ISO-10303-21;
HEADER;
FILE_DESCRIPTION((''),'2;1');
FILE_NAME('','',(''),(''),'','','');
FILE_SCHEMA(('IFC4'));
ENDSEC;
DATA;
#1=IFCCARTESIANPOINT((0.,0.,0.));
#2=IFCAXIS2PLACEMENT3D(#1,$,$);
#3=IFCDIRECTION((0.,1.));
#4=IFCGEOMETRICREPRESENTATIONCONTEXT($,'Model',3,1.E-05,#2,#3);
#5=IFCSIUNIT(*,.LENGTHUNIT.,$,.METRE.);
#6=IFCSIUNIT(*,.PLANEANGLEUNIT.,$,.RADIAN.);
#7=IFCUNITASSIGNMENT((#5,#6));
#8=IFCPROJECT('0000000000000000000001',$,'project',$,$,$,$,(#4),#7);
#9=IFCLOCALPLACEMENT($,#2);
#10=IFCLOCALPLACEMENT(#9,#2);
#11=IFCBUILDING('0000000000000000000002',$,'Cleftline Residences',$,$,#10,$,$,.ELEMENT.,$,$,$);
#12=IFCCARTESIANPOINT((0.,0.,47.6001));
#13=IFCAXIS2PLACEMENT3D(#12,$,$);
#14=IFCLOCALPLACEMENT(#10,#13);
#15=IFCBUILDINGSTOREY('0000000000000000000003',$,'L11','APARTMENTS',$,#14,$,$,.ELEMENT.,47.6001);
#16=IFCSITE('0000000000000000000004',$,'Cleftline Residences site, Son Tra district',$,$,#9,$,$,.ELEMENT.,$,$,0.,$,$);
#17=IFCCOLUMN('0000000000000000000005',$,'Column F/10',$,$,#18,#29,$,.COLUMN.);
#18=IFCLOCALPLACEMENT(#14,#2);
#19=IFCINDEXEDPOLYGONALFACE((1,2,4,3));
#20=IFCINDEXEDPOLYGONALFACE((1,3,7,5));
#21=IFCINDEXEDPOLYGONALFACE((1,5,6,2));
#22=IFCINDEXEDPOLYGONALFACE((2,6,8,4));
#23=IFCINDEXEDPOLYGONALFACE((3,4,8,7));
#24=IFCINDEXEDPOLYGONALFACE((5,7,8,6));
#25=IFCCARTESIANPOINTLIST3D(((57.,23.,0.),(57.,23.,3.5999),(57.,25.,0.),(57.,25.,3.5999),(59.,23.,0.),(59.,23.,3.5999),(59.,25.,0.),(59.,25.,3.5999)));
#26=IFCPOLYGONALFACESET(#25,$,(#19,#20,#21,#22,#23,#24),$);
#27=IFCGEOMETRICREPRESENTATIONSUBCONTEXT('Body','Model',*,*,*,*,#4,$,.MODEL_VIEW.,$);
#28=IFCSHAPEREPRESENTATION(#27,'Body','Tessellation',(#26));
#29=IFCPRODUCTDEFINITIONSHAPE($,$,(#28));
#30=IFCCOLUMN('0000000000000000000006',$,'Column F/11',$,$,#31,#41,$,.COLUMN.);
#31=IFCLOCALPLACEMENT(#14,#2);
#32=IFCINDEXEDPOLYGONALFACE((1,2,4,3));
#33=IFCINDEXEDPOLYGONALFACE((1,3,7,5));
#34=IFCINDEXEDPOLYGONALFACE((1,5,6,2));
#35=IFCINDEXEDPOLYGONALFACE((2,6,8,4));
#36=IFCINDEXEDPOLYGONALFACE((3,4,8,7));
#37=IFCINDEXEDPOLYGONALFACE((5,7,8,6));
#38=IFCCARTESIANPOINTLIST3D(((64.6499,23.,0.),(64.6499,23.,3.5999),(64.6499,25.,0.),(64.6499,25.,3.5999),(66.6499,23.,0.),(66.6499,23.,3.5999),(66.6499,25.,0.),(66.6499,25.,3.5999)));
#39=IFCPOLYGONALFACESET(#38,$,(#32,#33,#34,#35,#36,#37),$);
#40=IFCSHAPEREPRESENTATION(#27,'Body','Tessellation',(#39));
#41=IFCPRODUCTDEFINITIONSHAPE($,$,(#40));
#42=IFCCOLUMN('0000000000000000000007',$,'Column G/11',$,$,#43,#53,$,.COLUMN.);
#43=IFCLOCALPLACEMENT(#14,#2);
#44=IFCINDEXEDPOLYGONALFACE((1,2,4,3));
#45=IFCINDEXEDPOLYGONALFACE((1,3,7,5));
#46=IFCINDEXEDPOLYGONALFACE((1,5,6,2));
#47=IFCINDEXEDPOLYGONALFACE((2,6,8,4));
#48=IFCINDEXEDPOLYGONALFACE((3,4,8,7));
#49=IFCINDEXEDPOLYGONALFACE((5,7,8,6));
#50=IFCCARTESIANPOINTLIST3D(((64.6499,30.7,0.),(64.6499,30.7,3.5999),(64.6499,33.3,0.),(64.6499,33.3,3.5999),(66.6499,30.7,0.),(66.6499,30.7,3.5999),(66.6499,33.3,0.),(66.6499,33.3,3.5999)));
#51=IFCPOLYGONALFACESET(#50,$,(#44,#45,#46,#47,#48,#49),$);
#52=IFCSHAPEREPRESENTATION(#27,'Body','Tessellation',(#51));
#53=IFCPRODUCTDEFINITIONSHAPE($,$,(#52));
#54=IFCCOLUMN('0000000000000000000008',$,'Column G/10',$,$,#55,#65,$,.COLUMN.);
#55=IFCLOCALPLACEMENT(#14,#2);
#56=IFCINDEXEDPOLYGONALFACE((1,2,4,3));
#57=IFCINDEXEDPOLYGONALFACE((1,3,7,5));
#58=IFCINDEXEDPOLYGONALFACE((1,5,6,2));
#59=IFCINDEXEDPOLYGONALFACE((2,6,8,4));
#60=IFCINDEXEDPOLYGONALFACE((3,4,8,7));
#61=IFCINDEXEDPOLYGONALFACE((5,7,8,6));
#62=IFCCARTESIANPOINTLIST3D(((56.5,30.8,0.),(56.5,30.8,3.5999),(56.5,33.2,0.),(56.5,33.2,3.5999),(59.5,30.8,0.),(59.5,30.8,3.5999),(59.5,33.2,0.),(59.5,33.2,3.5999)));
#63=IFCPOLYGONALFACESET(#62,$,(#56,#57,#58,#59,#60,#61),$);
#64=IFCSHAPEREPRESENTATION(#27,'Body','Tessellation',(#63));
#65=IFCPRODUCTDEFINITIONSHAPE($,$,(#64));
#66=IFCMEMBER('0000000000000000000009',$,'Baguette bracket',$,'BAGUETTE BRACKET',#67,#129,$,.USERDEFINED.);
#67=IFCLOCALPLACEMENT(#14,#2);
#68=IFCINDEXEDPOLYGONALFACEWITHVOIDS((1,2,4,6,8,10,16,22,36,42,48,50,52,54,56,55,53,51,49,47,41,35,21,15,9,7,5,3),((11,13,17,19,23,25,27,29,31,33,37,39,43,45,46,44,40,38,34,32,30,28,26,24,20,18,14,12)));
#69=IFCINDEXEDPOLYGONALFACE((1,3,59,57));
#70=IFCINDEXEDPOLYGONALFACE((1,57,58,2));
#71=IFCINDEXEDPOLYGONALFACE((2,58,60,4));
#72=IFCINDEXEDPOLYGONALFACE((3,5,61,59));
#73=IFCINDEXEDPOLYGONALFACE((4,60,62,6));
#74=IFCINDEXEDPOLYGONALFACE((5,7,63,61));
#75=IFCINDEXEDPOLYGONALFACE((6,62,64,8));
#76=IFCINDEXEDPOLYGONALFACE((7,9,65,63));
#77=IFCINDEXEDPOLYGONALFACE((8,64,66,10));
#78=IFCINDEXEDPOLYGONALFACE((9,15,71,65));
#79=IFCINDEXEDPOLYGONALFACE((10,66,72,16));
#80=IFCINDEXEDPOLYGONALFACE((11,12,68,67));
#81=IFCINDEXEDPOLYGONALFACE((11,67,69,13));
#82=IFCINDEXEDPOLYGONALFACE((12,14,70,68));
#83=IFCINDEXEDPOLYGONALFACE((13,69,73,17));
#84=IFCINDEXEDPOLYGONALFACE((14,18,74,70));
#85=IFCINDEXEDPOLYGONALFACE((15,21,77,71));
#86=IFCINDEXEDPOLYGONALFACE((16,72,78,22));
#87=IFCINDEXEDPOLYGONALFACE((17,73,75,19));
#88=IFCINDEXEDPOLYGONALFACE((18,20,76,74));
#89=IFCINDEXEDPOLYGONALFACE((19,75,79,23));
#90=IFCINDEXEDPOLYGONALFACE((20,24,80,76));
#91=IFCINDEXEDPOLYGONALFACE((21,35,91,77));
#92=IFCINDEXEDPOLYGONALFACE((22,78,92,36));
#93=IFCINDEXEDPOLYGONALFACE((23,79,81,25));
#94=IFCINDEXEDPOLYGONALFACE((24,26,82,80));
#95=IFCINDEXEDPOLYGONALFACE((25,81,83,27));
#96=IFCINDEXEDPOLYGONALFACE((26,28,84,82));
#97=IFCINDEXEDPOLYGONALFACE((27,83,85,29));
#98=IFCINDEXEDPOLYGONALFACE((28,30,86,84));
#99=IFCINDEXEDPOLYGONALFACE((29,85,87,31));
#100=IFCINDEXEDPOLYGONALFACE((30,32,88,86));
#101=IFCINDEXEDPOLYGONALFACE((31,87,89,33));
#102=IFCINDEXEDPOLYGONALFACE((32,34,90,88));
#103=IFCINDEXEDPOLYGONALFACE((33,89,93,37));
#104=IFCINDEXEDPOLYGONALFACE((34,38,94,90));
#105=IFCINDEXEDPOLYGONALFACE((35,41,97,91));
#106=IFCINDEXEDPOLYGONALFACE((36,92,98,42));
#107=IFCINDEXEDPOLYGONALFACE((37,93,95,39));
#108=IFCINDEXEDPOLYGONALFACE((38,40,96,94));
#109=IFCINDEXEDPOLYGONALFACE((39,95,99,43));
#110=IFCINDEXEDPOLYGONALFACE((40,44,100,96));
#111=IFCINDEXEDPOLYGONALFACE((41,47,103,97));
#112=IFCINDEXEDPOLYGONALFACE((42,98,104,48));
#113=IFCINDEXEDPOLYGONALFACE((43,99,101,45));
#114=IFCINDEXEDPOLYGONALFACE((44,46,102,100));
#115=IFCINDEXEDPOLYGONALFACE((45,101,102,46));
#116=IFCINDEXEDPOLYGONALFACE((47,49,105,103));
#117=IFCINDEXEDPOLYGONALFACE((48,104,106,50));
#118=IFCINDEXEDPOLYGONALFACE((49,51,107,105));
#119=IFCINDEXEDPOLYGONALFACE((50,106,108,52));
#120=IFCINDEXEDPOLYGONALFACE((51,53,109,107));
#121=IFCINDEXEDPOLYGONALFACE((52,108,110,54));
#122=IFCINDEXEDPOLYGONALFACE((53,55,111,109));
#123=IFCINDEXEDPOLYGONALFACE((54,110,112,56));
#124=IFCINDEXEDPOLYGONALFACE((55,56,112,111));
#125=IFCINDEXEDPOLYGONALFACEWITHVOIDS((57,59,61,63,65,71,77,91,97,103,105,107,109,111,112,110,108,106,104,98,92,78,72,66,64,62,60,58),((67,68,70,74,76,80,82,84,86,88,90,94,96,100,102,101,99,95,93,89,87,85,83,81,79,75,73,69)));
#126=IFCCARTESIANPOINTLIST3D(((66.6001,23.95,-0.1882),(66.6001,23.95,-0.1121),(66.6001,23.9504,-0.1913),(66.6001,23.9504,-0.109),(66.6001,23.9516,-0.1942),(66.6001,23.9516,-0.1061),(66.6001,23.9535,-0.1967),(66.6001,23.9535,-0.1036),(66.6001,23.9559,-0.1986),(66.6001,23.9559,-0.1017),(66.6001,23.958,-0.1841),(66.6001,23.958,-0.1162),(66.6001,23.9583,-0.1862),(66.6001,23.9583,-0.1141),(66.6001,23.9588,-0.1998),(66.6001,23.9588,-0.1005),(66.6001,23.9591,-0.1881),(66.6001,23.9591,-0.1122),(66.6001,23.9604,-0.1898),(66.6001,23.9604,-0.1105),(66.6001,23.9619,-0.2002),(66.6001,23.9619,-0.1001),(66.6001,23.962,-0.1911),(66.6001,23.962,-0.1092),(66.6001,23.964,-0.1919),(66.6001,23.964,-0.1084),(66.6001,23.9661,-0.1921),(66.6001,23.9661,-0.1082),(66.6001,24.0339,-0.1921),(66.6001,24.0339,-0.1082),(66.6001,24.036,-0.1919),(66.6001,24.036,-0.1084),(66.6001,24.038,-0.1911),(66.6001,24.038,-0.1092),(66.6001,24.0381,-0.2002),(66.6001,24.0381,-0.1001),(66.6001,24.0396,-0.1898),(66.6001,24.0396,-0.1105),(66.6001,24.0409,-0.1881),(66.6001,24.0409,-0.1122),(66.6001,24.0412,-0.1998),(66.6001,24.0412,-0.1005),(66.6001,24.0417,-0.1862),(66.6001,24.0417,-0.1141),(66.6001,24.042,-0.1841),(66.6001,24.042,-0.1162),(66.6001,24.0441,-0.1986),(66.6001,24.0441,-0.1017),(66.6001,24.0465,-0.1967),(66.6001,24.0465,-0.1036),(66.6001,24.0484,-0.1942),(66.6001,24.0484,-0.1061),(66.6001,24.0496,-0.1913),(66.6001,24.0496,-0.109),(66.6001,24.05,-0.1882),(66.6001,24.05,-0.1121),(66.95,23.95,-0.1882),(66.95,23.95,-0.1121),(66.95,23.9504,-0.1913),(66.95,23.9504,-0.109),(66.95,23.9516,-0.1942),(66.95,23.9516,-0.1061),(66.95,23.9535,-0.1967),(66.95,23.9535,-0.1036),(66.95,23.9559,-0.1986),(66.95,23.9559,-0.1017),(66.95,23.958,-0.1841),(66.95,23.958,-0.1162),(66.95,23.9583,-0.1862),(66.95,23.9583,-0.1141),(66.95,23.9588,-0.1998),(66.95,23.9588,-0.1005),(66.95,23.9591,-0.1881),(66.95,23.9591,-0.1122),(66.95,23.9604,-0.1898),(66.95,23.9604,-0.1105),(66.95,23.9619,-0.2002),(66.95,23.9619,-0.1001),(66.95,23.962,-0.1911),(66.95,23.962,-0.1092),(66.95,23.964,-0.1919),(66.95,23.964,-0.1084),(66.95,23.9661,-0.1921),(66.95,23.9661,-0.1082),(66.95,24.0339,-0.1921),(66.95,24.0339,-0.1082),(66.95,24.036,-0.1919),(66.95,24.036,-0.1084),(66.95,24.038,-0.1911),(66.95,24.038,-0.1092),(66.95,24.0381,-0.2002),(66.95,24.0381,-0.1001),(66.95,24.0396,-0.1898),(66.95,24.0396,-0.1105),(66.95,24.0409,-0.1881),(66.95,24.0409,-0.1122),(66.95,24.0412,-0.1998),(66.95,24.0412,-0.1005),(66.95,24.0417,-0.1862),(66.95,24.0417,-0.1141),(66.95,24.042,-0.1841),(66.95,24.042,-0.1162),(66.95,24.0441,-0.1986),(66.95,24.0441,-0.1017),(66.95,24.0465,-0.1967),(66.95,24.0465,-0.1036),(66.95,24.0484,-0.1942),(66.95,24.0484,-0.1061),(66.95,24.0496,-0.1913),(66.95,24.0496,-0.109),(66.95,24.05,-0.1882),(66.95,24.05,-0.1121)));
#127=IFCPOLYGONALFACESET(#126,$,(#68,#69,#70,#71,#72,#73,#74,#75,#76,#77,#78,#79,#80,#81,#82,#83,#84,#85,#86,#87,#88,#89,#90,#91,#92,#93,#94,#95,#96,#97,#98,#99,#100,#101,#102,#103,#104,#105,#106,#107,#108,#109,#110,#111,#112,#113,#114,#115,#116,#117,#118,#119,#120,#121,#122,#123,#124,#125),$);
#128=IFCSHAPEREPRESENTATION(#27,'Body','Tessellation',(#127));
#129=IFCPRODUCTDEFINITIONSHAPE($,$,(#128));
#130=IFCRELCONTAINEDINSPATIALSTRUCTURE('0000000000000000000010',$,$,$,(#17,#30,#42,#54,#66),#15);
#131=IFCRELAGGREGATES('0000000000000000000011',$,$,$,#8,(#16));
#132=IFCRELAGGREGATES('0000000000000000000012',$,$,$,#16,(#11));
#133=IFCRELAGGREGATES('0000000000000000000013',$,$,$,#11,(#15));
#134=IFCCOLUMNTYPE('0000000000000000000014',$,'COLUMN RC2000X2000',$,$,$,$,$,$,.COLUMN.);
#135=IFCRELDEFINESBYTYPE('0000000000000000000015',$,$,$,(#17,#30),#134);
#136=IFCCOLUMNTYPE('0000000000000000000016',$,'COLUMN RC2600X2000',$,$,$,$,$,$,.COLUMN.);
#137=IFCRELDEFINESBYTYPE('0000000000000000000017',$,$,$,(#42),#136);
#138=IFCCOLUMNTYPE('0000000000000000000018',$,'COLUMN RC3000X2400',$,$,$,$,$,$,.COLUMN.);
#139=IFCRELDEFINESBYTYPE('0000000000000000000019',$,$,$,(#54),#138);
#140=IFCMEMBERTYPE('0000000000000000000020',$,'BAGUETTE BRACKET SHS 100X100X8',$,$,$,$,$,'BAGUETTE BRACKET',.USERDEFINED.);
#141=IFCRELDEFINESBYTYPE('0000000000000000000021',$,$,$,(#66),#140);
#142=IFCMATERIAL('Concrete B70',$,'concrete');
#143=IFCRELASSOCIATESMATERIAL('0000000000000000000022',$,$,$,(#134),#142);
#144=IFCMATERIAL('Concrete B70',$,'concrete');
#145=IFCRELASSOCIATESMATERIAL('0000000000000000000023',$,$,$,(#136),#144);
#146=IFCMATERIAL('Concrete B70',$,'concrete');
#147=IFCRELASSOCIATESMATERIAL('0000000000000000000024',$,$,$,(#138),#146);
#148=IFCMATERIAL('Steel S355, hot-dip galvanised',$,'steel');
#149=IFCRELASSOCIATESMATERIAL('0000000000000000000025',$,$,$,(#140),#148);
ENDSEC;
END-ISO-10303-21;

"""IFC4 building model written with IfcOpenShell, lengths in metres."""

from ifc_helpers import new_model, si_unit, direction, frame, origin, origin_2d, place, context, subcontext, project, spatial, rectangle, hollow_rectangle, extrude, material, material_profile, profile_set, type_object, element, save


model = new_model("IFC4")

# Units and contexts
model_context = context("Model", 3, precision=1e-05, world=origin(), true_north=direction((0.0, 1.0)))
body_context = subcontext(model_context, "Body", "Model", "MODEL_VIEW")
ifc_project = project(units=[si_unit("LENGTHUNIT", "METRE"), si_unit("PLANEANGLEUNIT", "RADIAN")], contexts=[model_context])

# Site, building, storey
site_placement = place(None, origin())
site = spatial("IfcSite", under=ifc_project, at=site_placement, Name="Cleftline Residences site, Son Tra district", CompositionType="ELEMENT", RefElevation=0.0)
building_placement = place(site_placement, origin())
building = spatial("IfcBuilding", under=site, at=building_placement, Name="Cleftline Residences", CompositionType="ELEMENT")
storey_placement = place(building_placement, frame((0.0, 0.0, 47.6001)))
storey = spatial("IfcBuildingStorey", under=building, at=storey_placement, Name="L11", Description="APARTMENTS", CompositionType="ELEMENT", Elevation=47.6001)

# Columns
ifc_material_1 = material(Name="Concrete B70", Category="concrete")
ifc_material_profile_1 = material_profile(ifc_material_1, rectangle(XDim=2.0, YDim=2.0, at=origin_2d()))
ifc_profile_set_1 = profile_set([ifc_material_profile_1], Name="Concrete B70")
column_type_1 = type_object("IfcColumnType", Name="COLUMN RC2000X2000", PredefinedType="COLUMN", material=ifc_profile_set_1)
for number, where, z_axis, x_axis, name in (
    (1, (58.0, 24.0, 0.0), (0.0, 0.0, 1.0), (1.0, 0.0, 0.0), "Column F/10"),
    (2, (65.6499, 24.0, 0.0), (0.0, 0.0, 1.0), (1.0, 0.0, 0.0), "Column F/11"),
):
    element("IfcColumn", number, at=place(storey_placement, frame(where, z_axis=z_axis, x_axis=x_axis)), inside=storey, type_object=column_type_1, Name=name, PredefinedType="COLUMN", context=body_context, shape_type="SweptSolid", body=[
        extrude(rectangle(XDim=2.0, YDim=2.0, at=origin_2d()), origin(), (0.0, 0.0, 1.0), 3.5999),
    ])
ifc_material_2 = material(Name="Concrete B70", Category="concrete")
ifc_material_profile_2 = material_profile(ifc_material_2, rectangle(XDim=2.6001, YDim=2.0, at=origin_2d()))
ifc_profile_set_2 = profile_set([ifc_material_profile_2], Name="Concrete B70")
column_type_2 = type_object("IfcColumnType", Name="COLUMN RC2600X2000", PredefinedType="COLUMN", material=ifc_profile_set_2)
column_1_placement = place(storey_placement, frame((65.6499, 32.0, 0.0), z_axis=(0.0, 0.0, 1.0), x_axis=(0.0, 1.0, 0.0)))
element("IfcColumn", 3, at=column_1_placement, inside=storey, type_object=column_type_2, Name="Column G/11", PredefinedType="COLUMN", context=body_context, shape_type="SweptSolid", body=[
    extrude(rectangle(XDim=2.6001, YDim=2.0, at=origin_2d()), origin(), (0.0, 0.0, 1.0), 3.5999),
])
ifc_material_3 = material(Name="Concrete B70", Category="concrete")
ifc_material_profile_3 = material_profile(ifc_material_3, rectangle(XDim=3.0, YDim=2.3999, at=origin_2d()))
ifc_profile_set_3 = profile_set([ifc_material_profile_3], Name="Concrete B70")
column_type_3 = type_object("IfcColumnType", Name="COLUMN RC3000X2400", PredefinedType="COLUMN", material=ifc_profile_set_3)
column_2_placement = place(storey_placement, frame((58.0, 32.0, 0.0), z_axis=(0.0, 0.0, 1.0), x_axis=(1.0, 0.0, 0.0)))
element("IfcColumn", 4, at=column_2_placement, inside=storey, type_object=column_type_3, Name="Column G/10", PredefinedType="COLUMN", context=body_context, shape_type="SweptSolid", body=[
    extrude(rectangle(XDim=3.0, YDim=2.3999, at=origin_2d()), origin(), (0.0, 0.0, 1.0), 3.5999),
])

# Member
ifc_material_4 = material(Name="Steel S355, hot-dip galvanised", Category="steel")
ifc_material_profile_4 = material_profile(ifc_material_4, hollow_rectangle(XDim=0.1001, YDim=0.1001, WallThickness=0.0081, InnerFilletRadius=0.0081, OuterFilletRadius=0.012, at=origin_2d()))
ifc_profile_set_4 = profile_set([ifc_material_profile_4], Name="Steel S355, hot-dip galvanised")
member_type_1 = type_object("IfcMemberType", Name="BAGUETTE BRACKET SHS 100X100X8", ElementType="BAGUETTE BRACKET", PredefinedType="USERDEFINED", material=ifc_profile_set_4)
member_1_placement = place(storey_placement, frame((66.6001, 24.0, -0.1501), z_axis=(1.0, 0.0, 0.0), x_axis=(0.0, 1.0, 0.0)))
element("IfcMember", 5, at=member_1_placement, inside=storey, type_object=member_type_1, Name="Baguette bracket", ObjectType="BAGUETTE BRACKET", PredefinedType="USERDEFINED", context=body_context, shape_type="SweptSolid", body=[
    extrude(hollow_rectangle(XDim=0.1001, YDim=0.1001, WallThickness=0.0081, InnerFilletRadius=0.0081, OuterFilletRadius=0.012, at=origin_2d()), origin(), (0.0, 0.0, 1.0), 0.3499),
])

save(model, "model.ifc")
